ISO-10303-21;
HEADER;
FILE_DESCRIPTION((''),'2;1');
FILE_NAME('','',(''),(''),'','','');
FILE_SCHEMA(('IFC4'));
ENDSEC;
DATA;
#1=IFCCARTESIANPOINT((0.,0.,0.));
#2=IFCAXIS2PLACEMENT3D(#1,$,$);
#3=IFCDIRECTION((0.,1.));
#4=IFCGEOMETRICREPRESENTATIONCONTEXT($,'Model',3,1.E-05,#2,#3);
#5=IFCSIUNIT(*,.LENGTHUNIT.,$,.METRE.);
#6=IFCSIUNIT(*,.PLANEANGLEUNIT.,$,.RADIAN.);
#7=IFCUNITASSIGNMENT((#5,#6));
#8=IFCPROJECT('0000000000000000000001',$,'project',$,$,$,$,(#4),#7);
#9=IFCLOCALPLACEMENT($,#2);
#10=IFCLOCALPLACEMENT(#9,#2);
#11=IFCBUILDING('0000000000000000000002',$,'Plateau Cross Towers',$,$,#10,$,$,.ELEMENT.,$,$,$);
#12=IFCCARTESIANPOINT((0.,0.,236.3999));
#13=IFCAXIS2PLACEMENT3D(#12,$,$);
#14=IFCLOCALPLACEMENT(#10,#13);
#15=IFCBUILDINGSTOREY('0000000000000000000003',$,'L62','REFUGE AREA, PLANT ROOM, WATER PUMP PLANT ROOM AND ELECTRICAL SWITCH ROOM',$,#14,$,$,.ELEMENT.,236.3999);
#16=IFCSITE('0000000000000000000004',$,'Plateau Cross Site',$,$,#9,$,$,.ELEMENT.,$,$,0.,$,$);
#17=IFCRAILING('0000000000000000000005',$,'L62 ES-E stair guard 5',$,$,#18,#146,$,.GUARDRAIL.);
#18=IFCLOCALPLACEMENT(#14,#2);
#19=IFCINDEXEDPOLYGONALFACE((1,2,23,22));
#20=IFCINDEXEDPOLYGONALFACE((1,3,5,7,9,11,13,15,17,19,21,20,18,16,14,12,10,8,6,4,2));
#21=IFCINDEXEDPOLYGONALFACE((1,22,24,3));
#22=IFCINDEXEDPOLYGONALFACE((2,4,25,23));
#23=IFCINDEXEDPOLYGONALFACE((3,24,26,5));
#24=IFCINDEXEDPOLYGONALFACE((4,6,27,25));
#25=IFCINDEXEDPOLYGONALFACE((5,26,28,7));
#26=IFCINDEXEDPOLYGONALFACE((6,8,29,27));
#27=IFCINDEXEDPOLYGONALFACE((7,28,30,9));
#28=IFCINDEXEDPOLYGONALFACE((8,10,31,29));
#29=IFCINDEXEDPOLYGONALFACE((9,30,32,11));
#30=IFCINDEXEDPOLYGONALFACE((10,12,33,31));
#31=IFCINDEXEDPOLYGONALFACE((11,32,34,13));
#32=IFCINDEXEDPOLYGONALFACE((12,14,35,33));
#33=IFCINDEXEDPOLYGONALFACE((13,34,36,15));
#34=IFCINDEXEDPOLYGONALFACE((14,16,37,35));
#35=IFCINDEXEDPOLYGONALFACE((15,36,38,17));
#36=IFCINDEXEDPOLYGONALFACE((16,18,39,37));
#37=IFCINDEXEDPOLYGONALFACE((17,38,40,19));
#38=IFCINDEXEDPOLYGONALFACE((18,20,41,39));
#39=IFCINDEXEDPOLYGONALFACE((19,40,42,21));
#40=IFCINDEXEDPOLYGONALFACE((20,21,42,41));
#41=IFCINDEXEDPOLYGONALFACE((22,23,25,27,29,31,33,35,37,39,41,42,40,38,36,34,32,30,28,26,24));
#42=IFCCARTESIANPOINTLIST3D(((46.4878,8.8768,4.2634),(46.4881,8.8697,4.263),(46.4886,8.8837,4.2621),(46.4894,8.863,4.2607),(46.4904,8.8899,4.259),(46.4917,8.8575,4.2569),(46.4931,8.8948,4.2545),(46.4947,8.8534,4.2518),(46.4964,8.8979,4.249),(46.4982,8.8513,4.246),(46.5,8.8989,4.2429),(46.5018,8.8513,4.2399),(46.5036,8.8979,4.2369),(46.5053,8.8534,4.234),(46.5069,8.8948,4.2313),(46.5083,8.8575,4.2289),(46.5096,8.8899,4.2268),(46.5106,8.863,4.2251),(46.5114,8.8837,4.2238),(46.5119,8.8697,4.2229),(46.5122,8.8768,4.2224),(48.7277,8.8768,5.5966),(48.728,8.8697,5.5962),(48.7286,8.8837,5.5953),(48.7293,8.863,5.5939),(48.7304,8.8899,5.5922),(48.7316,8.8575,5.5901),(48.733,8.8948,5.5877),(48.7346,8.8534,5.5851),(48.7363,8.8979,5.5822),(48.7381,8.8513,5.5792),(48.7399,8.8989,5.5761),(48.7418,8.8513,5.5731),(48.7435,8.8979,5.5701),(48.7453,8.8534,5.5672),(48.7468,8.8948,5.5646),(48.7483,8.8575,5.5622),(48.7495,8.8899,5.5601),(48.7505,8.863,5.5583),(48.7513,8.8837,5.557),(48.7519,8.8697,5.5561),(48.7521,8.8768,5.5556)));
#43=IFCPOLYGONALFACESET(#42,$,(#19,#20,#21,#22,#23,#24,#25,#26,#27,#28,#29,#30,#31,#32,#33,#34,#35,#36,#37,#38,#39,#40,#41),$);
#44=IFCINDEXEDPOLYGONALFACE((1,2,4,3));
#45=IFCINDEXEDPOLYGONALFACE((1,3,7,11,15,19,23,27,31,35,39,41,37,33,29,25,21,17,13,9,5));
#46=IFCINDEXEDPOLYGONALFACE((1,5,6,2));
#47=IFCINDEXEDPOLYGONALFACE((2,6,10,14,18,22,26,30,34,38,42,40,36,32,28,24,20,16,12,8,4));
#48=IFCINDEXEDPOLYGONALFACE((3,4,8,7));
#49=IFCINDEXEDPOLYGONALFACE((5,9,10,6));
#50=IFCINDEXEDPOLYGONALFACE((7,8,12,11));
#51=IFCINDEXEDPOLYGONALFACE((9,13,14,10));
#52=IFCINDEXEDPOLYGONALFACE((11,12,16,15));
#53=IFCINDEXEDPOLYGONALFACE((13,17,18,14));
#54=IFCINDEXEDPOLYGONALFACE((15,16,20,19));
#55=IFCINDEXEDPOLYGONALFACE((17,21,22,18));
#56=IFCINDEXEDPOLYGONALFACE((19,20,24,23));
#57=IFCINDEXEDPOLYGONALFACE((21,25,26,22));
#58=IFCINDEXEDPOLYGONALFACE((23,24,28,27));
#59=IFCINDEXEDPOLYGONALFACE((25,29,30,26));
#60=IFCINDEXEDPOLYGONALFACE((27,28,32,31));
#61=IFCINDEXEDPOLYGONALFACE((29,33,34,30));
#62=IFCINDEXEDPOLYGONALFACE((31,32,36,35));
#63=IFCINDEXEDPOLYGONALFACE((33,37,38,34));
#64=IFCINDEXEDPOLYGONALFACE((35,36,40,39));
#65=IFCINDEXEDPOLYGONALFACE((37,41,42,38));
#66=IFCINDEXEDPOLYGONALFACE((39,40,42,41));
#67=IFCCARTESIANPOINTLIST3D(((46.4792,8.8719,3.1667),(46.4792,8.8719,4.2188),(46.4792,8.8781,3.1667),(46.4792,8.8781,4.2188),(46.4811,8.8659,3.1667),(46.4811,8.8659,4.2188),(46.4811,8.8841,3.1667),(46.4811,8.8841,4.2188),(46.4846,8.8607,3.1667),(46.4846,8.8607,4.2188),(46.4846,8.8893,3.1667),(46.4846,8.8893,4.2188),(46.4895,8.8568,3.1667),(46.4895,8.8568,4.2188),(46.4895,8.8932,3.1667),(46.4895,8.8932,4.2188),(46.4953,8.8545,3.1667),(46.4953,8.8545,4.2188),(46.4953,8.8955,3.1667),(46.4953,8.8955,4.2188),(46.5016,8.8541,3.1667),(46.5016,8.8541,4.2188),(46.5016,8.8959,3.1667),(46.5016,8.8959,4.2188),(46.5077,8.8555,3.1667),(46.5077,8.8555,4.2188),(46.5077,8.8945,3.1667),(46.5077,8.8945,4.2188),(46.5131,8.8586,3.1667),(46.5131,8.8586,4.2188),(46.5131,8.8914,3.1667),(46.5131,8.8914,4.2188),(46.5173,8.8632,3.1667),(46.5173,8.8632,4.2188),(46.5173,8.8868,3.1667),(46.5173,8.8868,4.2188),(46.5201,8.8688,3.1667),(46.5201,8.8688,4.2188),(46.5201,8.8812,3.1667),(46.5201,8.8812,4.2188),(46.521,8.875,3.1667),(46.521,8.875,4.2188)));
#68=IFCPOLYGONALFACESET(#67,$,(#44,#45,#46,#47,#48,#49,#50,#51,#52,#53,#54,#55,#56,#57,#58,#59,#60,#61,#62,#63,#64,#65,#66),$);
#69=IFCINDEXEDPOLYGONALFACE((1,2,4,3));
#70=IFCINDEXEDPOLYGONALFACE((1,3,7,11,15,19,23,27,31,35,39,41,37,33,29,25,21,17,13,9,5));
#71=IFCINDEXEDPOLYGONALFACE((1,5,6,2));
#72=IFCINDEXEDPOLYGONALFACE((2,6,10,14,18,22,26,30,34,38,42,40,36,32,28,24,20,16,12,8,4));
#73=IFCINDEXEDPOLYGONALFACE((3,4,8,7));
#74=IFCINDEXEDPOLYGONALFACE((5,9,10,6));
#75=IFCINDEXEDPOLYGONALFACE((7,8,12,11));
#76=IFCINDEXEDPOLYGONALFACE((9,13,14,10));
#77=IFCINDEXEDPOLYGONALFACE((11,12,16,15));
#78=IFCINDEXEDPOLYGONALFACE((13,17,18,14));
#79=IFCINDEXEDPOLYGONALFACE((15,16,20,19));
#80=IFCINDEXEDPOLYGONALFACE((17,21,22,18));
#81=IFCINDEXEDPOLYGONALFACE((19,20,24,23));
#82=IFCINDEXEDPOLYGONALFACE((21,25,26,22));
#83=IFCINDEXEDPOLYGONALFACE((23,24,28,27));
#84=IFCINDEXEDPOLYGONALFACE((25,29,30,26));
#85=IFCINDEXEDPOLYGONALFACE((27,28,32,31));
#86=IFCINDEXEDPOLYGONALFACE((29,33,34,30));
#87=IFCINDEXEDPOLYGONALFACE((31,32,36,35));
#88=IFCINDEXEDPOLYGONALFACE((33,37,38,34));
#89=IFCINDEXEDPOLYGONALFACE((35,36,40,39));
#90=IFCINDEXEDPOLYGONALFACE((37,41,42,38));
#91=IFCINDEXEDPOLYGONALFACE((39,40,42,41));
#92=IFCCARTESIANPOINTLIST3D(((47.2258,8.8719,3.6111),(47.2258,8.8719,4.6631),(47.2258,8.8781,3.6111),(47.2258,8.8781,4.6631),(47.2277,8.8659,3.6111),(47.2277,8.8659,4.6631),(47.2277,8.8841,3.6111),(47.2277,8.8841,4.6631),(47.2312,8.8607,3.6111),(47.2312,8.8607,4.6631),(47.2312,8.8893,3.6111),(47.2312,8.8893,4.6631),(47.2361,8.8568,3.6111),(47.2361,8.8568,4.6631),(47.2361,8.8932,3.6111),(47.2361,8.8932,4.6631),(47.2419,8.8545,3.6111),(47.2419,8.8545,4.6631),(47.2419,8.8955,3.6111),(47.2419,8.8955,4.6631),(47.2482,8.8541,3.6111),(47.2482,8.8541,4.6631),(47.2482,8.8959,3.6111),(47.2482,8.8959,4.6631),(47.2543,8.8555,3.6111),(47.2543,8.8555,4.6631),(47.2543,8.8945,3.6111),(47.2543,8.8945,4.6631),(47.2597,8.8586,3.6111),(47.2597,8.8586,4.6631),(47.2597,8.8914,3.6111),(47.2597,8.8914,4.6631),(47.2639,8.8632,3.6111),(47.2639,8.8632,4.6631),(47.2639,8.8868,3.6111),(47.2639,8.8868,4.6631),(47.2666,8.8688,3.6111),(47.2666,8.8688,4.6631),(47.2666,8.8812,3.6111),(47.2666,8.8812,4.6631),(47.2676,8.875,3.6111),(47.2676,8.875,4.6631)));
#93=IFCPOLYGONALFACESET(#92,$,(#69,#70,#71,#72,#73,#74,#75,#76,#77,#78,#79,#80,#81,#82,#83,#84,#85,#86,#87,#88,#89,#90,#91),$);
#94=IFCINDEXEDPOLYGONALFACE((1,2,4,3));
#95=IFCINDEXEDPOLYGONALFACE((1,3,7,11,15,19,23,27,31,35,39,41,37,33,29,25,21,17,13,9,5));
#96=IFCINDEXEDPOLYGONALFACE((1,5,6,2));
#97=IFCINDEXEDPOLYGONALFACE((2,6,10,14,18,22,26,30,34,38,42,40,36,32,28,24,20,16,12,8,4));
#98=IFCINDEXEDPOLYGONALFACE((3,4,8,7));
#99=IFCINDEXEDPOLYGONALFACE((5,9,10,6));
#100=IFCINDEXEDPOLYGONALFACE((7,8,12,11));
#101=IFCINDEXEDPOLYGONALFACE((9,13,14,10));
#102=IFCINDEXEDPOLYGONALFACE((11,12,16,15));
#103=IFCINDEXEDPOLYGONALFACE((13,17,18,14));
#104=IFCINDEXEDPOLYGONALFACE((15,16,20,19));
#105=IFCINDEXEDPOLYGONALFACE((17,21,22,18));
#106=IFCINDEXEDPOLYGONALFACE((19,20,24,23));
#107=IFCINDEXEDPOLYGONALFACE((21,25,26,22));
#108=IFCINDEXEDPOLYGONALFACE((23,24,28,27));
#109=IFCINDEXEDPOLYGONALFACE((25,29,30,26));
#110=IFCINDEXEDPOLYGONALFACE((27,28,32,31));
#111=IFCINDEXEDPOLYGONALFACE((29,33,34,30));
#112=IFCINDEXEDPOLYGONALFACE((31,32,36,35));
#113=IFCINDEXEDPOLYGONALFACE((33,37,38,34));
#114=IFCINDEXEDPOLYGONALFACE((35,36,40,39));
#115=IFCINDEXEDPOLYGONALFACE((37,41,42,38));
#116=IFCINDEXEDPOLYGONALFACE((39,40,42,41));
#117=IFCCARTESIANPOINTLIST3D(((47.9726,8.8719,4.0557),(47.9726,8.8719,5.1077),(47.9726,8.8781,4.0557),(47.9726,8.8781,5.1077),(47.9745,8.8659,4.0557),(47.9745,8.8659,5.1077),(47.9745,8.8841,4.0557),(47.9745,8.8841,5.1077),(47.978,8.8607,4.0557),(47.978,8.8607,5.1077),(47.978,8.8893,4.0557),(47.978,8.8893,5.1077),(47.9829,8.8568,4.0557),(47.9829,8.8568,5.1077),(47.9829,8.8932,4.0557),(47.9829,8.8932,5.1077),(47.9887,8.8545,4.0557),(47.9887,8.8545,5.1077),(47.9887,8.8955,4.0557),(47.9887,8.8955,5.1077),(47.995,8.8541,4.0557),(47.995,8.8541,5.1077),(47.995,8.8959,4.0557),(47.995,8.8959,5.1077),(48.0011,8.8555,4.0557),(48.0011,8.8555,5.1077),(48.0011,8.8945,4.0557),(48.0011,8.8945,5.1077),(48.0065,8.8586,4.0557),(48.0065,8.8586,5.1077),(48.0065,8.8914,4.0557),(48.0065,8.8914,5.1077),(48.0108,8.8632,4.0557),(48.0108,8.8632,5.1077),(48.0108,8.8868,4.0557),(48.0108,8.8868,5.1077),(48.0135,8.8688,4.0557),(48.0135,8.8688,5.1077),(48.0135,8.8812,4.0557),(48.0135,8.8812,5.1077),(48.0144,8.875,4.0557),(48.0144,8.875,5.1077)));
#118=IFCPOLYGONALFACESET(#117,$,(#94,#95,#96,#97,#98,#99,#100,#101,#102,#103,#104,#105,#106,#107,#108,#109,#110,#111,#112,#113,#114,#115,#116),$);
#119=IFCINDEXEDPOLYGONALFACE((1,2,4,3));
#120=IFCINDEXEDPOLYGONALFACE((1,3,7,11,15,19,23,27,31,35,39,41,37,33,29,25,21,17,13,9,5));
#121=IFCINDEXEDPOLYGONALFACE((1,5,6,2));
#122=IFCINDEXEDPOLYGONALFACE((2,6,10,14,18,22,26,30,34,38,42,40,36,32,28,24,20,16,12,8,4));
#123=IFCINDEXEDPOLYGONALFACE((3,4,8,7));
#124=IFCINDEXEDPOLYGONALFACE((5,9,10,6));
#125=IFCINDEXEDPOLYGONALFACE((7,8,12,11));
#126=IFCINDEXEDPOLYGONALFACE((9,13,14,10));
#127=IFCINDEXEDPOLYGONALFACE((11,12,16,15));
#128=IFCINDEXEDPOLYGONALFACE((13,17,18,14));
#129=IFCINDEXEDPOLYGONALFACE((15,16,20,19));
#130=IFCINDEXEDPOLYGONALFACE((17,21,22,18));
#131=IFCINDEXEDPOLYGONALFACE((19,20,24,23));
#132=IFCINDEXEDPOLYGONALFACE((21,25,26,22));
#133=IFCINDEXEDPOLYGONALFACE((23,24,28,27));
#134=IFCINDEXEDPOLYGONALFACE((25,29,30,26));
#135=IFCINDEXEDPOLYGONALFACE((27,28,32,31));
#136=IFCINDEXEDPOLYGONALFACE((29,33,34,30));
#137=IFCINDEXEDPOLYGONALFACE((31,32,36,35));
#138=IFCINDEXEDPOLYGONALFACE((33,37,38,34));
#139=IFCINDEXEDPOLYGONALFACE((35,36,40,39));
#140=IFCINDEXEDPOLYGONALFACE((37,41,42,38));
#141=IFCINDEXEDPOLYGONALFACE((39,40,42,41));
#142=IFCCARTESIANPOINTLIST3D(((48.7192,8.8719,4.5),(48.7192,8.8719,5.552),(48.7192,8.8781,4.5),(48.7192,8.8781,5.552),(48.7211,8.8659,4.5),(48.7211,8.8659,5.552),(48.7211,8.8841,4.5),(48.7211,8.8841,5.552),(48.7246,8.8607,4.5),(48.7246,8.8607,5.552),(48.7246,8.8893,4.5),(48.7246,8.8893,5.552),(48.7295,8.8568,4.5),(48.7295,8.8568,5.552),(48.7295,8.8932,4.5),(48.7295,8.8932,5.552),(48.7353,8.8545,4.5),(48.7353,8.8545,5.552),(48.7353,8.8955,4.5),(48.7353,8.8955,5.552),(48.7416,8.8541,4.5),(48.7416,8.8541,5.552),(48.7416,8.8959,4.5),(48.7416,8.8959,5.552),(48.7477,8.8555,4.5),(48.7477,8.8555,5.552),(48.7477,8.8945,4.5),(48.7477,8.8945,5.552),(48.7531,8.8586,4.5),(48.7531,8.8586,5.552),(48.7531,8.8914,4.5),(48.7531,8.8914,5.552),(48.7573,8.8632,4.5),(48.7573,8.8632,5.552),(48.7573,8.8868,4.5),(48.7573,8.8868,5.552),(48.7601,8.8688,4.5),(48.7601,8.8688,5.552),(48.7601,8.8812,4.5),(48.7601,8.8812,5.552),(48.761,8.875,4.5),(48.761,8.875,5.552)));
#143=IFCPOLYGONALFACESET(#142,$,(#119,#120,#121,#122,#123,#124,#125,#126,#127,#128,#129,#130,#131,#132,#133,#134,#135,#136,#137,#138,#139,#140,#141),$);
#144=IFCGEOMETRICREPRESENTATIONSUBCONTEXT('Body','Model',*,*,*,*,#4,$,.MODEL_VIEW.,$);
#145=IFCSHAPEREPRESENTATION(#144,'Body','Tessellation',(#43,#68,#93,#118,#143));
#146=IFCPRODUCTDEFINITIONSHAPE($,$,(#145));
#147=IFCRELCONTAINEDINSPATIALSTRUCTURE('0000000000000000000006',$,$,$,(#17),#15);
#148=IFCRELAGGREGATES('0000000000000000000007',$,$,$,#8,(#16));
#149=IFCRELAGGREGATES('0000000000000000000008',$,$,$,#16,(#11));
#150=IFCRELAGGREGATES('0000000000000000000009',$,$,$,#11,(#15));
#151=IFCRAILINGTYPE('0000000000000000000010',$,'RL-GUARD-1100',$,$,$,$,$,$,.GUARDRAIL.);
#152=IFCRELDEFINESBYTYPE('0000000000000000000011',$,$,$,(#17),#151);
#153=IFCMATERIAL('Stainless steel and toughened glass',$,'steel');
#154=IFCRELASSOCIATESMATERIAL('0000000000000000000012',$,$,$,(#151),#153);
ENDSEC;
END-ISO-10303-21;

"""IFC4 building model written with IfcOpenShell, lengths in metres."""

from ifc_helpers import new_model, si_unit, direction, frame, origin, origin_2d, place, context, subcontext, project, spatial, circle, extrude, material, type_object, element, save


model = new_model("IFC4")

# Units and contexts
model_context = context("Model", 3, precision=1e-05, world=origin(), true_north=direction((0.0, 1.0)))
body_context = subcontext(model_context, "Body", "Model", "MODEL_VIEW")
ifc_project = project(units=[si_unit("LENGTHUNIT", "METRE"), si_unit("PLANEANGLEUNIT", "RADIAN")], contexts=[model_context])

# Site, building, storey
site_placement = place(None, origin())
site = spatial("IfcSite", under=ifc_project, at=site_placement, Name="Plateau Cross Site", CompositionType="ELEMENT", RefElevation=0.0)
building_placement = place(site_placement, origin())
building = spatial("IfcBuilding", under=site, at=building_placement, Name="Plateau Cross Towers", CompositionType="ELEMENT")
storey_placement = place(building_placement, frame((0.0, 0.0, 236.3999)))
storey = spatial("IfcBuildingStorey", under=building, at=storey_placement, Name="L62", Description="REFUGE AREA, PLANT ROOM, WATER PUMP PLANT ROOM AND ELECTRICAL SWITCH ROOM", CompositionType="ELEMENT", Elevation=236.3999)

# Railing
ifc_material_1 = material(Name="Stainless steel and toughened glass", Category="steel")
railing_type_1 = type_object("IfcRailingType", Name="RL-GUARD-1100", PredefinedType="GUARDRAIL", material=ifc_material_1)
railing_1_placement = place(storey_placement, frame((46.5, 8.875, 3.1667)))
element("IfcRailing", 1, at=railing_1_placement, inside=storey, type_object=railing_type_1, Name="L62 ES-E stair guard 5", PredefinedType="GUARDRAIL", context=body_context, shape_type="SweptSolid", body=[
    extrude(circle(Radius=0.0239, at=origin_2d()), frame((0.0, 0.0, 1.0762), z_axis=(0.859306, 0.0, 0.511462), x_axis=(0.0, 1.0, 0.0)), (0.0, 0.0, 1.0), 2.6067),
    extrude(circle(Radius=0.021, at=origin_2d()), origin(), (0.0, 0.0, 1.0), 1.052),
    extrude(circle(Radius=0.021, at=origin_2d()), frame((0.7466, 0.0, 0.4443)), (0.0, 0.0, 1.0), 1.052),
    extrude(circle(Radius=0.021, at=origin_2d()), frame((1.4934, 0.0, 0.8889)), (0.0, 0.0, 1.0), 1.052),
    extrude(circle(Radius=0.021, at=origin_2d()), frame((2.24, 0.0, 1.3333)), (0.0, 0.0, 1.0), 1.052),
])

save(model, "model.ifc")
